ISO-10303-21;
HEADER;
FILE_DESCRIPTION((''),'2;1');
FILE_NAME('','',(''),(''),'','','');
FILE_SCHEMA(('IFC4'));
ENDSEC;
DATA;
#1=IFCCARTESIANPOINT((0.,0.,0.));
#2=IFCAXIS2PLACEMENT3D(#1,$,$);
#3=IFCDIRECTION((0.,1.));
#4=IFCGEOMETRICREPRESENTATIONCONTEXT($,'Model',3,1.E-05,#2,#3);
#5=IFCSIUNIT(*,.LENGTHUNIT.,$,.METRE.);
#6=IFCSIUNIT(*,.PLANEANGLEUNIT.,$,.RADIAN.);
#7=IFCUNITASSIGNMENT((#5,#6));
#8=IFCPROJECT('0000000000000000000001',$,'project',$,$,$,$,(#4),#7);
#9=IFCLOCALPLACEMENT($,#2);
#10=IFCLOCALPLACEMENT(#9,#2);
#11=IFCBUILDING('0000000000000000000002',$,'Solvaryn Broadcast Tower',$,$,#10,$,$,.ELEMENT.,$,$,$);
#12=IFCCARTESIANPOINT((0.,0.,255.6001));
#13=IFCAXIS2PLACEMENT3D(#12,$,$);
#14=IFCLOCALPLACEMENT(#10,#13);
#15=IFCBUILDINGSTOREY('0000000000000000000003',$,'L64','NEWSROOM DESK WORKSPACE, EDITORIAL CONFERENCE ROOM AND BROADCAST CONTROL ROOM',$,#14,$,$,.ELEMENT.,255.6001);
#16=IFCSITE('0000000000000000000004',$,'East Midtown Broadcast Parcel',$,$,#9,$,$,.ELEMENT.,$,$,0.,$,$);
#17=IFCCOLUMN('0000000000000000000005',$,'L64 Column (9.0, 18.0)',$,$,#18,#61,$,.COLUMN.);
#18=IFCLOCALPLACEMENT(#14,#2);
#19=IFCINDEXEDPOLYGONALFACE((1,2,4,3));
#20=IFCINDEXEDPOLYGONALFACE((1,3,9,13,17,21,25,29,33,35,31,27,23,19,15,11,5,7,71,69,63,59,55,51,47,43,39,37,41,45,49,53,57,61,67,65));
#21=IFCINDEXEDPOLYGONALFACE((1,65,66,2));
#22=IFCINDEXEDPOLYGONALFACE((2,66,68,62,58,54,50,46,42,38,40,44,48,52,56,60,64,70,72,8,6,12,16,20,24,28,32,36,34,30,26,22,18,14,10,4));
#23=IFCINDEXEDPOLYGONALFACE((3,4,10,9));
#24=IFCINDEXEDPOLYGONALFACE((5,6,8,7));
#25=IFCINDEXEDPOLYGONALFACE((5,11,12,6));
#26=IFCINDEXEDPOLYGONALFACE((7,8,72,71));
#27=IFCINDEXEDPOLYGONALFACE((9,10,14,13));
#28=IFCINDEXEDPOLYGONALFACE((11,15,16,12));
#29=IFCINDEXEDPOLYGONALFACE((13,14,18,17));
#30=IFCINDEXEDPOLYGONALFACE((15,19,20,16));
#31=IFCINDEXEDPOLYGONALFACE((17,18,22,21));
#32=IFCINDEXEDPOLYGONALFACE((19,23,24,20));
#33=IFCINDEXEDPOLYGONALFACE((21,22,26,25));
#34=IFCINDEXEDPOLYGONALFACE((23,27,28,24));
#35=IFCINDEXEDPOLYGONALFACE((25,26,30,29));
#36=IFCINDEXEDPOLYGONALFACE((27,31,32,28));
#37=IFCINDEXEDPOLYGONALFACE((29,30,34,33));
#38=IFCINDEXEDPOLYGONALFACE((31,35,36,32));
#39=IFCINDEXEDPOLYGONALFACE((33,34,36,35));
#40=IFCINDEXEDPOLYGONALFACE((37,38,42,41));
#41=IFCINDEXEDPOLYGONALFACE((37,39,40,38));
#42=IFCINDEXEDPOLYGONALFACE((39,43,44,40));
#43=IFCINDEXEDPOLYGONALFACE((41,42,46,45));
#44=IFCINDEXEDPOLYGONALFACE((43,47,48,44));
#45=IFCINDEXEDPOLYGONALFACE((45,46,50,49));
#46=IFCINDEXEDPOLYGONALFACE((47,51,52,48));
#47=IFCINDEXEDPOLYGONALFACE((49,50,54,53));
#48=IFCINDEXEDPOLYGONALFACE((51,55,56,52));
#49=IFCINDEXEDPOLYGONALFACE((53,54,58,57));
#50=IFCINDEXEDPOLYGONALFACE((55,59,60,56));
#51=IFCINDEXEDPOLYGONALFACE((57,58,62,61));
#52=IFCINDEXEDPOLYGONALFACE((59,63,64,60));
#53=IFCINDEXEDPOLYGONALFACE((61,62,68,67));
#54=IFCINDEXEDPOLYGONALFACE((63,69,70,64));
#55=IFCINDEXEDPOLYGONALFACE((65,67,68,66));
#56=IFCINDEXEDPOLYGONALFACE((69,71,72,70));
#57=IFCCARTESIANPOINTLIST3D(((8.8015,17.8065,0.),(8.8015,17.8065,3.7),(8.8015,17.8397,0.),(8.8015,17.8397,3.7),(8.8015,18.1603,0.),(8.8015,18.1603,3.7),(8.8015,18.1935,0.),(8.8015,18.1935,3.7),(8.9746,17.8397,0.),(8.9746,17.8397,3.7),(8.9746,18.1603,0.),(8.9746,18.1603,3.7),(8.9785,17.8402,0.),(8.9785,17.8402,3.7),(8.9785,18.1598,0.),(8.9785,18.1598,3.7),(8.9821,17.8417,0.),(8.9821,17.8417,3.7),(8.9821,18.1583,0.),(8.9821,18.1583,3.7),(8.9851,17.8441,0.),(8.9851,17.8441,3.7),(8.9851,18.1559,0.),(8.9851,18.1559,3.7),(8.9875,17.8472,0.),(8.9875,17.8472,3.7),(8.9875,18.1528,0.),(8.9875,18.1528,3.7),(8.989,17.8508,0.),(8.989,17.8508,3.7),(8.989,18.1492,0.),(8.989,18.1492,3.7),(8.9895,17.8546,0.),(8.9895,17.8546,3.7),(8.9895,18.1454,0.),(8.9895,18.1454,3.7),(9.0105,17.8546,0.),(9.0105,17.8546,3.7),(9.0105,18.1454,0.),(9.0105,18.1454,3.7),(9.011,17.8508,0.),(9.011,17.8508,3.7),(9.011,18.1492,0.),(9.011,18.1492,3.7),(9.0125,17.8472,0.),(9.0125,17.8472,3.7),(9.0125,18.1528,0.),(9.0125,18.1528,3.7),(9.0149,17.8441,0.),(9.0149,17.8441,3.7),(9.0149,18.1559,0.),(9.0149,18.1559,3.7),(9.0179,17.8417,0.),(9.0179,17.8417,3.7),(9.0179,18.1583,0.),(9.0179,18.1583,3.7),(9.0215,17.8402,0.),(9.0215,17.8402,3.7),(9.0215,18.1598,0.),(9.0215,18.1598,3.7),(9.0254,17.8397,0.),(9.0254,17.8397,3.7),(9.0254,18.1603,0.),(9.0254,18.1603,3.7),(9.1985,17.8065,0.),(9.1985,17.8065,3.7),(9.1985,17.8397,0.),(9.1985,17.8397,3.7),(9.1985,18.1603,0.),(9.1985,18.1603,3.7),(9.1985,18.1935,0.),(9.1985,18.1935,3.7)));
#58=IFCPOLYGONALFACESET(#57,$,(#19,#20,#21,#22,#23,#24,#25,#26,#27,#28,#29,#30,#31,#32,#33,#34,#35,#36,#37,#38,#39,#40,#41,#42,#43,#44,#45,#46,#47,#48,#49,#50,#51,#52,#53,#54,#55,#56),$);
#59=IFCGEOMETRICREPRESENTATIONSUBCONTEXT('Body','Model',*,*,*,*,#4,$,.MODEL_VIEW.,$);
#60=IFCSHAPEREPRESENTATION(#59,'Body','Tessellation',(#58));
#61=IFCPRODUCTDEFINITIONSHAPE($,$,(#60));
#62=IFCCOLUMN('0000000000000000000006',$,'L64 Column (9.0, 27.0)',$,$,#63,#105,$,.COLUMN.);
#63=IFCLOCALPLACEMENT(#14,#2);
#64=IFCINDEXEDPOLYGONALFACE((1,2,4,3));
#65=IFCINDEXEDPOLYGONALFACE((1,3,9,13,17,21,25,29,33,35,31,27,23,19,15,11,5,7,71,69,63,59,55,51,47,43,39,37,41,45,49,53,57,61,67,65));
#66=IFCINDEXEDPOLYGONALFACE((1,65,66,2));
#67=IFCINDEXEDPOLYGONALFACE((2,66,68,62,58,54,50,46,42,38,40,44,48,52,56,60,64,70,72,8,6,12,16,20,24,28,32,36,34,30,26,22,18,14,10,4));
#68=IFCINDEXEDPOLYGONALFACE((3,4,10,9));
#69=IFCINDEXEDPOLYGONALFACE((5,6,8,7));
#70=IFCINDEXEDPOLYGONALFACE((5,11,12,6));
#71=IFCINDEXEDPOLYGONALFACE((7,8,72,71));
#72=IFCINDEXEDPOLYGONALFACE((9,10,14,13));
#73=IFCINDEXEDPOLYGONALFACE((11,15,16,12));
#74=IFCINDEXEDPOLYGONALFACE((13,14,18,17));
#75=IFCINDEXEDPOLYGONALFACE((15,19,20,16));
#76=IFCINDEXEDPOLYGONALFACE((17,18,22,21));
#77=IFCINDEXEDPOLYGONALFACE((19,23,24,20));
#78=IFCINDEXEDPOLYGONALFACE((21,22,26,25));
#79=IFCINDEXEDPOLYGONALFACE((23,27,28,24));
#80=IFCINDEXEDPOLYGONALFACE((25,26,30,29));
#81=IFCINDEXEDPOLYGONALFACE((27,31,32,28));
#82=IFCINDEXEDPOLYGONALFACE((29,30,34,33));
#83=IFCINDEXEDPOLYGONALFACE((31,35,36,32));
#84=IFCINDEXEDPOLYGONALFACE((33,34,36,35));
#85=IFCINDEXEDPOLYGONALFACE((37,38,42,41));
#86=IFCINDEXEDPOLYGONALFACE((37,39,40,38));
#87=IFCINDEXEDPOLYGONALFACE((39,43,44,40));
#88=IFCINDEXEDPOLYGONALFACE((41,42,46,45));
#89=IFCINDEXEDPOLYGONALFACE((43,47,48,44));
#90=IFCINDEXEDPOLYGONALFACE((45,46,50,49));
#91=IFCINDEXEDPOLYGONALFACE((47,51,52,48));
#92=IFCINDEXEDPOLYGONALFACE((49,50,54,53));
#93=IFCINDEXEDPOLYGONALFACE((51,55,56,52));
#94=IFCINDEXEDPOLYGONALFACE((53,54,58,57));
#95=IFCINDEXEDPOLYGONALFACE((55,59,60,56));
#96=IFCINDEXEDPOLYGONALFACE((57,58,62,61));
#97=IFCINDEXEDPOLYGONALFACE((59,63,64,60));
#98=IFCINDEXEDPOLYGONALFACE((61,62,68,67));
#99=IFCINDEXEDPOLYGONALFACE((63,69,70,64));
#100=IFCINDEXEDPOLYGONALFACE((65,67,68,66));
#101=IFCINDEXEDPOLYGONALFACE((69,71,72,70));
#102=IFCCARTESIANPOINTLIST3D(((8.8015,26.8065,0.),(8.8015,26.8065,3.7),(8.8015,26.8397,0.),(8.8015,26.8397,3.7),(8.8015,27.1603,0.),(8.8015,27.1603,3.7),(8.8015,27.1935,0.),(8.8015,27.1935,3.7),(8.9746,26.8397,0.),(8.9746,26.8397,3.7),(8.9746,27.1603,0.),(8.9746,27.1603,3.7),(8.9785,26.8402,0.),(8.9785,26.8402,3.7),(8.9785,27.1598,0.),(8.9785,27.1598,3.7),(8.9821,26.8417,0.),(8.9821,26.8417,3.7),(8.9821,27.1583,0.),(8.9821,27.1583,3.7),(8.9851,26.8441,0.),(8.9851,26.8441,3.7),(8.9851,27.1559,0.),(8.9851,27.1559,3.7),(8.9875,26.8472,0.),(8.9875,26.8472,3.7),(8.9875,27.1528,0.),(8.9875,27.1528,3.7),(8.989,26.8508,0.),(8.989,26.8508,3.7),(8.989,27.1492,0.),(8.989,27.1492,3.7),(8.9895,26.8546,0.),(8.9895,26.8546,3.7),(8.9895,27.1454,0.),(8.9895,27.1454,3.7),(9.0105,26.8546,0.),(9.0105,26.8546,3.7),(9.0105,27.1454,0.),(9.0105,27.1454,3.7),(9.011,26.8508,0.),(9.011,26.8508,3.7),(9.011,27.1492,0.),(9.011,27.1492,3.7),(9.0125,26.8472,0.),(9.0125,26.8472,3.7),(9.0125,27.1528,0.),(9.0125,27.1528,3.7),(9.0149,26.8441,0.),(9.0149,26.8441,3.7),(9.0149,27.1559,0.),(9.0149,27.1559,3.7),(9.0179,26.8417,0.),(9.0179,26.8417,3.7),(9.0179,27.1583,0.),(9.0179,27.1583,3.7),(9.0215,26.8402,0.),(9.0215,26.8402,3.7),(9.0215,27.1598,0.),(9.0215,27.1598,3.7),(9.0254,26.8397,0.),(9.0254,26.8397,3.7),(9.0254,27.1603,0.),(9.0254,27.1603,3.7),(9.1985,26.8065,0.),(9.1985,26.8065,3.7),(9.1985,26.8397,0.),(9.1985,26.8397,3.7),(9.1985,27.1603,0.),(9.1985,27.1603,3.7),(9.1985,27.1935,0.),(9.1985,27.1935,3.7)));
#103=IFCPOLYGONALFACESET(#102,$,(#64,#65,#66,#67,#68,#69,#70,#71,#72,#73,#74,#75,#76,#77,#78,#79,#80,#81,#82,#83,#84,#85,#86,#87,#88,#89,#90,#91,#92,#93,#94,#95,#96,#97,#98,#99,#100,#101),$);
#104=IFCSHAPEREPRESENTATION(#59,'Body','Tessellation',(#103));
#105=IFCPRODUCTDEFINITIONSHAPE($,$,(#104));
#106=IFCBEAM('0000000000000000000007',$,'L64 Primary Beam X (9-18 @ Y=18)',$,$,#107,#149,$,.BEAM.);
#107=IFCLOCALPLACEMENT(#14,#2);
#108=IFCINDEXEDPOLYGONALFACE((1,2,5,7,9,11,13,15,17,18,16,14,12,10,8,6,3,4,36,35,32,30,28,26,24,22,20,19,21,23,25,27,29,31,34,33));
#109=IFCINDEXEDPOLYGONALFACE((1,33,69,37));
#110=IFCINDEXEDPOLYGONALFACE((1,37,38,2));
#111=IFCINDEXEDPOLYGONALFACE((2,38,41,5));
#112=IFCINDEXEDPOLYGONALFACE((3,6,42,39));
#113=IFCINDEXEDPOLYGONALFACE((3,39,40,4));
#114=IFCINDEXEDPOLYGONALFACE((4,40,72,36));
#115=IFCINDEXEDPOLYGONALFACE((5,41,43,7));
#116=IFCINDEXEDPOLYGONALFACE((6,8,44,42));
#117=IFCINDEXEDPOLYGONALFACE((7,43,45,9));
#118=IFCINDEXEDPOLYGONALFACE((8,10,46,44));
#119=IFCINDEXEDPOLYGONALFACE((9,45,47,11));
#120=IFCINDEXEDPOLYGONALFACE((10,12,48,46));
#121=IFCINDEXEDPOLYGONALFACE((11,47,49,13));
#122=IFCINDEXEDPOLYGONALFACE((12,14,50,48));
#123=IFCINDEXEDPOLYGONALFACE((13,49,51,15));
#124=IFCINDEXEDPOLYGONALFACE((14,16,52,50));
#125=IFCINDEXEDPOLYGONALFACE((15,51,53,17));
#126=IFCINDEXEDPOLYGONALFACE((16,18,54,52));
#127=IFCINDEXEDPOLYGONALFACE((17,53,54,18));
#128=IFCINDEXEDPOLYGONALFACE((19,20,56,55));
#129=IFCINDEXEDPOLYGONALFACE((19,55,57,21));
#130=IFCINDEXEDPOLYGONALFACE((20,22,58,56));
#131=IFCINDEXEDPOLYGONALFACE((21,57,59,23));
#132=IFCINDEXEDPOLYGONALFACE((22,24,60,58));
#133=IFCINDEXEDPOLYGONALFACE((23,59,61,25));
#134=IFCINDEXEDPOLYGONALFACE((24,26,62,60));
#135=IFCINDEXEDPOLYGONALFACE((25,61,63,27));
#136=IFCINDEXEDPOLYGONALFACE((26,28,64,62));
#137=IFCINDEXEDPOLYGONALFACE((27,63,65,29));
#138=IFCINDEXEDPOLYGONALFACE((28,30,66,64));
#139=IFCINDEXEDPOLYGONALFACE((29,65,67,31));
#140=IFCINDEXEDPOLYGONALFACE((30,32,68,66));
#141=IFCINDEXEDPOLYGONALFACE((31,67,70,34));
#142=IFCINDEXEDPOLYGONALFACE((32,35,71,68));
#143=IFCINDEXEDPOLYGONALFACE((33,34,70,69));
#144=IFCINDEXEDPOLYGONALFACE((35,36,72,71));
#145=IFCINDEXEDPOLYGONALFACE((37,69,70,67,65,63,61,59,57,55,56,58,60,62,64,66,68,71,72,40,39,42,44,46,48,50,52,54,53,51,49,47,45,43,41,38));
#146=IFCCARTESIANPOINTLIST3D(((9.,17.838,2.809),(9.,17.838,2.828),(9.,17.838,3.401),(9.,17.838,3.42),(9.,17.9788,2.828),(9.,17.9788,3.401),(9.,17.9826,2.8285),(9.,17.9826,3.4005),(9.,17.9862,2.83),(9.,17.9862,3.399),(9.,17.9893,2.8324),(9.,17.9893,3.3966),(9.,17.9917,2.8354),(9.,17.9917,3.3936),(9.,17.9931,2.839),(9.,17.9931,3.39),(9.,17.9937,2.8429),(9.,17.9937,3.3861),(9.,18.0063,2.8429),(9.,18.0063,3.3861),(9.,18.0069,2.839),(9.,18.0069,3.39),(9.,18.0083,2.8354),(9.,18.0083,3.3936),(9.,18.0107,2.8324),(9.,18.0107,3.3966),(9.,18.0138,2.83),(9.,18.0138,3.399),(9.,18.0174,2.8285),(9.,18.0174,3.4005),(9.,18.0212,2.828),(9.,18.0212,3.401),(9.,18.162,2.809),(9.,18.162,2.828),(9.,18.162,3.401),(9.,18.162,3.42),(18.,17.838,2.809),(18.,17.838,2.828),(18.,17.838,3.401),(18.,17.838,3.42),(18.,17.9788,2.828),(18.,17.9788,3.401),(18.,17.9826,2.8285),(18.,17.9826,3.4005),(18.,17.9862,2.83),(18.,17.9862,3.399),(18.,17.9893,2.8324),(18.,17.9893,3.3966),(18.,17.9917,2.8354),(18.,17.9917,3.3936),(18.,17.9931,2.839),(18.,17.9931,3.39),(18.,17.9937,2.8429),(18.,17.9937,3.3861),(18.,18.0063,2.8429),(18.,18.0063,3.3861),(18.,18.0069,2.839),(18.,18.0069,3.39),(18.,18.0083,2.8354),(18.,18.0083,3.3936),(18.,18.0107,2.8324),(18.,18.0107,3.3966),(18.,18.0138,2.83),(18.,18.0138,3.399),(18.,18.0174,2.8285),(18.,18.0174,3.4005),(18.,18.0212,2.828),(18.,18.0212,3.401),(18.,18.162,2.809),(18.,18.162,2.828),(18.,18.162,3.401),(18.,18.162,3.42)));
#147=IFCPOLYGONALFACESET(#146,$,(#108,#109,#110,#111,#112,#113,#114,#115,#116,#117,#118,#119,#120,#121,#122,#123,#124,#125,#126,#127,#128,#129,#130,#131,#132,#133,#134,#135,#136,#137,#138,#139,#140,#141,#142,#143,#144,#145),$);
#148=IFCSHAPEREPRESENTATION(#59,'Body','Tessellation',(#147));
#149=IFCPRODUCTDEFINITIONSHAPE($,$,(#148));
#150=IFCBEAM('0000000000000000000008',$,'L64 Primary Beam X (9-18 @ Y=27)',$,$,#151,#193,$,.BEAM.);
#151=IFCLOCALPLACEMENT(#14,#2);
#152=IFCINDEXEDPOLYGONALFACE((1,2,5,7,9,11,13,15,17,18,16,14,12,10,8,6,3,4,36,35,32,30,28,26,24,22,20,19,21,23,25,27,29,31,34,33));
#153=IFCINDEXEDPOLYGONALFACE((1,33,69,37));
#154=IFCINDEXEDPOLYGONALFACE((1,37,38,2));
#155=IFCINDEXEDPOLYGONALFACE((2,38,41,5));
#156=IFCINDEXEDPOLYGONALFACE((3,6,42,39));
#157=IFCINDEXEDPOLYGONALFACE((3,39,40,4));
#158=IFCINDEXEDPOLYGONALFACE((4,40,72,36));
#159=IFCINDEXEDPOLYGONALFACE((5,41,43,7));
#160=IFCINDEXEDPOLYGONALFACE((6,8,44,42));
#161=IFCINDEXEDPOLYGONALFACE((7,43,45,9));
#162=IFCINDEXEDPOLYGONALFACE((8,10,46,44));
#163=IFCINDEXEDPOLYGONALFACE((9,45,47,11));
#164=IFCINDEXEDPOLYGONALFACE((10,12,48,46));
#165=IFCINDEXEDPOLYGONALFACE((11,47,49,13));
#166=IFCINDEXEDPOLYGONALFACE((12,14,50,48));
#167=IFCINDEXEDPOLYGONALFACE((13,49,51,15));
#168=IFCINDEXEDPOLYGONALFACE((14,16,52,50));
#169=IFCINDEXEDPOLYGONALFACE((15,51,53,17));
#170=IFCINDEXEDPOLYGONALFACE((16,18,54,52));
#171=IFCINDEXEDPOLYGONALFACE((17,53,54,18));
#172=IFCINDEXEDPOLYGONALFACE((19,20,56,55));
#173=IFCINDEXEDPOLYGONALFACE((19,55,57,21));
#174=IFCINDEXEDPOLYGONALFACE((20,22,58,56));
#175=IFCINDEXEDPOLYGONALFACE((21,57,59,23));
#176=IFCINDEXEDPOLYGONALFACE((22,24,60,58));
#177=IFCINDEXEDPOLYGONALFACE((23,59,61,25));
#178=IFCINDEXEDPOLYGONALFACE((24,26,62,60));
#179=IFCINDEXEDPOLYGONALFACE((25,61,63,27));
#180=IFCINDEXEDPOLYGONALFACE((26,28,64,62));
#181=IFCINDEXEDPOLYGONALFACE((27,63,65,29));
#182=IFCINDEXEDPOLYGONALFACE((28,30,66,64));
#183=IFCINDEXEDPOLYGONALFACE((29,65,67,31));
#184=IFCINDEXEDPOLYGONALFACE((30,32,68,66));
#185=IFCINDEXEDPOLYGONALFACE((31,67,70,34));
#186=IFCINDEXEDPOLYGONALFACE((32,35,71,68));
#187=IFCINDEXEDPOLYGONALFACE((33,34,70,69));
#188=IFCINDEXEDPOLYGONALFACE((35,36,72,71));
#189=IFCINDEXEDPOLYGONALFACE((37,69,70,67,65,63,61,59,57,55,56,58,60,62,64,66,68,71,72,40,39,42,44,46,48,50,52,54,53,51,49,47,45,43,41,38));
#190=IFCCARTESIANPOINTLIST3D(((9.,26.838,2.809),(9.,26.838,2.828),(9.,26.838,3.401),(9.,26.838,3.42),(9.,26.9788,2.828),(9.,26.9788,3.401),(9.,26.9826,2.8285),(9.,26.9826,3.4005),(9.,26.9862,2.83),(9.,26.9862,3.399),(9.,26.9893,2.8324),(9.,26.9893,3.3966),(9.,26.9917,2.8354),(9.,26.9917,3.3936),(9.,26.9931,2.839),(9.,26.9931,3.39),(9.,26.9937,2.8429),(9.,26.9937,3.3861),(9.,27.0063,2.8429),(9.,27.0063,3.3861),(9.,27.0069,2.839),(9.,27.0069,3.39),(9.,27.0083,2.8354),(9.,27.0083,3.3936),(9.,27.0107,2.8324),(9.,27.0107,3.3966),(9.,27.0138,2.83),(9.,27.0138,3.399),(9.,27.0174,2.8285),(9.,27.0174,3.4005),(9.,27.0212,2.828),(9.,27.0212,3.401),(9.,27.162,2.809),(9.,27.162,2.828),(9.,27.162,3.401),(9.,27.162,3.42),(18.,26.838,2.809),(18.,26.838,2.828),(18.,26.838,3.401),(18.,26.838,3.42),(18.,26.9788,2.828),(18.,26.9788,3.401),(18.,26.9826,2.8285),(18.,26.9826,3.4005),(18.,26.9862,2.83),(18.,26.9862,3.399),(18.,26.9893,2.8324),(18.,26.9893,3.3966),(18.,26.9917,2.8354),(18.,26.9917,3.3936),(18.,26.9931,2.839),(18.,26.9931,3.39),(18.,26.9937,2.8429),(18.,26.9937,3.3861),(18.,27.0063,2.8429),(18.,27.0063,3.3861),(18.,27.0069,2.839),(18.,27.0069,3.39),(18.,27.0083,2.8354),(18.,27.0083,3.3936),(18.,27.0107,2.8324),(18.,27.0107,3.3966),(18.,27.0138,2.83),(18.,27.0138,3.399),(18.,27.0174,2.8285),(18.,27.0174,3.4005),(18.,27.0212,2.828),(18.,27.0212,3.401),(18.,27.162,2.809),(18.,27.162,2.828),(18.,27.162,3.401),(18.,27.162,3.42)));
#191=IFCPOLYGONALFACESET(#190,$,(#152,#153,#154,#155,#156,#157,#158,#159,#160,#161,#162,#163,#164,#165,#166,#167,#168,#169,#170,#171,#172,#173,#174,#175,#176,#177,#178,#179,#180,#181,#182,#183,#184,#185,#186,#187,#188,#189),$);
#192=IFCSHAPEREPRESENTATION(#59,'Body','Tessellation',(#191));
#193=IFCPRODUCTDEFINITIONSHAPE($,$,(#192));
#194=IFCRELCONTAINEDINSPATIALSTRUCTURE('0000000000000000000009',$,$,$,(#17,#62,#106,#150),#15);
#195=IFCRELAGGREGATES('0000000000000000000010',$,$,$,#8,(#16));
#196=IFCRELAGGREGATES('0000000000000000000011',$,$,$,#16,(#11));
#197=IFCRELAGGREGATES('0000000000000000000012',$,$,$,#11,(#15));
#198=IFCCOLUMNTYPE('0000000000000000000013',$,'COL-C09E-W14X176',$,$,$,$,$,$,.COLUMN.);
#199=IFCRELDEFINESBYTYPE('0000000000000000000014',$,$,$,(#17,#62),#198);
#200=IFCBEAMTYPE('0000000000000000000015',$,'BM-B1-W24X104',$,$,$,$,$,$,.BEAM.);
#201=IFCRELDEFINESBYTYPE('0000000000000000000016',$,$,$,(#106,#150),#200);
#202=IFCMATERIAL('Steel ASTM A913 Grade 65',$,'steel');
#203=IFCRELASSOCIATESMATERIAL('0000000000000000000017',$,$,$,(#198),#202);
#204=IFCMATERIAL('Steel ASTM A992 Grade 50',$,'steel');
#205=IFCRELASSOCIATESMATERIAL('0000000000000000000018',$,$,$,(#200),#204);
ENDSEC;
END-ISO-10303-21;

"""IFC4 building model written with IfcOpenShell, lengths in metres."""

from ifc_helpers import new_model, si_unit, direction, frame, origin, origin_2d, place, context, subcontext, project, spatial, i_section, extrude, material, material_profile, profile_set, type_object, element, save


model = new_model("IFC4")

# Units and contexts
model_context = context("Model", 3, precision=1e-05, world=origin(), true_north=direction((0.0, 1.0)))
body_context = subcontext(model_context, "Body", "Model", "MODEL_VIEW")
ifc_project = project(units=[si_unit("LENGTHUNIT", "METRE"), si_unit("PLANEANGLEUNIT", "RADIAN")], contexts=[model_context])

# Site, building, storey
site_placement = place(None, origin())
site = spatial("IfcSite", under=ifc_project, at=site_placement, Name="East Midtown Broadcast Parcel", CompositionType="ELEMENT", RefElevation=0.0)
building_placement = place(site_placement, origin())
building = spatial("IfcBuilding", under=site, at=building_placement, Name="Solvaryn Broadcast Tower", CompositionType="ELEMENT")
storey_placement = place(building_placement, frame((0.0, 0.0, 255.6001)))
storey = spatial("IfcBuildingStorey", under=building, at=storey_placement, Name="L64", Description="NEWSROOM DESK WORKSPACE, EDITORIAL CONFERENCE ROOM AND BROADCAST CONTROL ROOM", CompositionType="ELEMENT", Elevation=255.6001)

# Columns
ifc_material_1 = material(Name="Steel ASTM A913 Grade 65", Category="steel")
ifc_material_profile_1 = material_profile(ifc_material_1, i_section(OverallWidth=0.397, OverallDepth=0.387, WebThickness=0.021, FlangeThickness=0.0332, FilletRadius=0.0149, at=origin_2d()))
ifc_profile_set_1 = profile_set([ifc_material_profile_1], Name="Steel ASTM A913 Grade 65")
column_type = type_object("IfcColumnType", Name="COL-C09E-W14X176", PredefinedType="COLUMN", material=ifc_profile_set_1)
for number, where, z_axis, x_axis, name in (
    (1, (9.0, 18.0, 0.0), (0.0, 0.0, 1.0), (1.0, 0.0, 0.0), "L64 Column (9.0, 18.0)"),
    (2, (9.0, 27.0, 0.0), (0.0, 0.0, 1.0), (1.0, 0.0, 0.0), "L64 Column (9.0, 27.0)"),
):
    element("IfcColumn", number, at=place(storey_placement, frame(where, z_axis=z_axis, x_axis=x_axis)), inside=storey, type_object=column_type, Name=name, PredefinedType="COLUMN", context=body_context, shape_type="SweptSolid", body=[
        extrude(i_section(OverallWidth=0.397, OverallDepth=0.387, WebThickness=0.021, FlangeThickness=0.0332, FilletRadius=0.0149, at=origin_2d()), origin(), (0.0, 0.0, 1.0), 3.7),
    ])

# Beams
ifc_material_2 = material(Name="Steel ASTM A992 Grade 50", Category="steel")
ifc_material_profile_2 = material_profile(ifc_material_2, i_section(OverallWidth=0.324, OverallDepth=0.6111, WebThickness=0.0127, FlangeThickness=0.019, FilletRadius=0.0149, at=origin_2d()))
ifc_profile_set_2 = profile_set([ifc_material_profile_2], Name="Steel ASTM A992 Grade 50")
beam_type_1 = type_object("IfcBeamType", Name="BM-B1-W24X104", PredefinedType="BEAM", material=ifc_profile_set_2)
for number, where, z_axis, x_axis, name in (
    (3, (9.0, 18.0, 3.1145), (1.0, 0.0, 0.0), (0.0, 1.0, 0.0), "L64 Primary Beam X (9-18 @ Y=18)"),
    (4, (9.0, 27.0, 3.1145), (1.0, 0.0, 0.0), (0.0, 1.0, 0.0), "L64 Primary Beam X (9-18 @ Y=27)"),
):
    element("IfcBeam", number, at=place(storey_placement, frame(where, z_axis=z_axis, x_axis=x_axis)), inside=storey, type_object=beam_type_1, Name=name, PredefinedType="BEAM", context=body_context, shape_type="SweptSolid", body=[
        extrude(i_section(OverallWidth=0.324, OverallDepth=0.6111, WebThickness=0.0127, FlangeThickness=0.019, FilletRadius=0.0149, at=origin_2d()), origin(), (0.0, 0.0, 1.0), 9.0),
    ])

save(model, "model.ifc")
